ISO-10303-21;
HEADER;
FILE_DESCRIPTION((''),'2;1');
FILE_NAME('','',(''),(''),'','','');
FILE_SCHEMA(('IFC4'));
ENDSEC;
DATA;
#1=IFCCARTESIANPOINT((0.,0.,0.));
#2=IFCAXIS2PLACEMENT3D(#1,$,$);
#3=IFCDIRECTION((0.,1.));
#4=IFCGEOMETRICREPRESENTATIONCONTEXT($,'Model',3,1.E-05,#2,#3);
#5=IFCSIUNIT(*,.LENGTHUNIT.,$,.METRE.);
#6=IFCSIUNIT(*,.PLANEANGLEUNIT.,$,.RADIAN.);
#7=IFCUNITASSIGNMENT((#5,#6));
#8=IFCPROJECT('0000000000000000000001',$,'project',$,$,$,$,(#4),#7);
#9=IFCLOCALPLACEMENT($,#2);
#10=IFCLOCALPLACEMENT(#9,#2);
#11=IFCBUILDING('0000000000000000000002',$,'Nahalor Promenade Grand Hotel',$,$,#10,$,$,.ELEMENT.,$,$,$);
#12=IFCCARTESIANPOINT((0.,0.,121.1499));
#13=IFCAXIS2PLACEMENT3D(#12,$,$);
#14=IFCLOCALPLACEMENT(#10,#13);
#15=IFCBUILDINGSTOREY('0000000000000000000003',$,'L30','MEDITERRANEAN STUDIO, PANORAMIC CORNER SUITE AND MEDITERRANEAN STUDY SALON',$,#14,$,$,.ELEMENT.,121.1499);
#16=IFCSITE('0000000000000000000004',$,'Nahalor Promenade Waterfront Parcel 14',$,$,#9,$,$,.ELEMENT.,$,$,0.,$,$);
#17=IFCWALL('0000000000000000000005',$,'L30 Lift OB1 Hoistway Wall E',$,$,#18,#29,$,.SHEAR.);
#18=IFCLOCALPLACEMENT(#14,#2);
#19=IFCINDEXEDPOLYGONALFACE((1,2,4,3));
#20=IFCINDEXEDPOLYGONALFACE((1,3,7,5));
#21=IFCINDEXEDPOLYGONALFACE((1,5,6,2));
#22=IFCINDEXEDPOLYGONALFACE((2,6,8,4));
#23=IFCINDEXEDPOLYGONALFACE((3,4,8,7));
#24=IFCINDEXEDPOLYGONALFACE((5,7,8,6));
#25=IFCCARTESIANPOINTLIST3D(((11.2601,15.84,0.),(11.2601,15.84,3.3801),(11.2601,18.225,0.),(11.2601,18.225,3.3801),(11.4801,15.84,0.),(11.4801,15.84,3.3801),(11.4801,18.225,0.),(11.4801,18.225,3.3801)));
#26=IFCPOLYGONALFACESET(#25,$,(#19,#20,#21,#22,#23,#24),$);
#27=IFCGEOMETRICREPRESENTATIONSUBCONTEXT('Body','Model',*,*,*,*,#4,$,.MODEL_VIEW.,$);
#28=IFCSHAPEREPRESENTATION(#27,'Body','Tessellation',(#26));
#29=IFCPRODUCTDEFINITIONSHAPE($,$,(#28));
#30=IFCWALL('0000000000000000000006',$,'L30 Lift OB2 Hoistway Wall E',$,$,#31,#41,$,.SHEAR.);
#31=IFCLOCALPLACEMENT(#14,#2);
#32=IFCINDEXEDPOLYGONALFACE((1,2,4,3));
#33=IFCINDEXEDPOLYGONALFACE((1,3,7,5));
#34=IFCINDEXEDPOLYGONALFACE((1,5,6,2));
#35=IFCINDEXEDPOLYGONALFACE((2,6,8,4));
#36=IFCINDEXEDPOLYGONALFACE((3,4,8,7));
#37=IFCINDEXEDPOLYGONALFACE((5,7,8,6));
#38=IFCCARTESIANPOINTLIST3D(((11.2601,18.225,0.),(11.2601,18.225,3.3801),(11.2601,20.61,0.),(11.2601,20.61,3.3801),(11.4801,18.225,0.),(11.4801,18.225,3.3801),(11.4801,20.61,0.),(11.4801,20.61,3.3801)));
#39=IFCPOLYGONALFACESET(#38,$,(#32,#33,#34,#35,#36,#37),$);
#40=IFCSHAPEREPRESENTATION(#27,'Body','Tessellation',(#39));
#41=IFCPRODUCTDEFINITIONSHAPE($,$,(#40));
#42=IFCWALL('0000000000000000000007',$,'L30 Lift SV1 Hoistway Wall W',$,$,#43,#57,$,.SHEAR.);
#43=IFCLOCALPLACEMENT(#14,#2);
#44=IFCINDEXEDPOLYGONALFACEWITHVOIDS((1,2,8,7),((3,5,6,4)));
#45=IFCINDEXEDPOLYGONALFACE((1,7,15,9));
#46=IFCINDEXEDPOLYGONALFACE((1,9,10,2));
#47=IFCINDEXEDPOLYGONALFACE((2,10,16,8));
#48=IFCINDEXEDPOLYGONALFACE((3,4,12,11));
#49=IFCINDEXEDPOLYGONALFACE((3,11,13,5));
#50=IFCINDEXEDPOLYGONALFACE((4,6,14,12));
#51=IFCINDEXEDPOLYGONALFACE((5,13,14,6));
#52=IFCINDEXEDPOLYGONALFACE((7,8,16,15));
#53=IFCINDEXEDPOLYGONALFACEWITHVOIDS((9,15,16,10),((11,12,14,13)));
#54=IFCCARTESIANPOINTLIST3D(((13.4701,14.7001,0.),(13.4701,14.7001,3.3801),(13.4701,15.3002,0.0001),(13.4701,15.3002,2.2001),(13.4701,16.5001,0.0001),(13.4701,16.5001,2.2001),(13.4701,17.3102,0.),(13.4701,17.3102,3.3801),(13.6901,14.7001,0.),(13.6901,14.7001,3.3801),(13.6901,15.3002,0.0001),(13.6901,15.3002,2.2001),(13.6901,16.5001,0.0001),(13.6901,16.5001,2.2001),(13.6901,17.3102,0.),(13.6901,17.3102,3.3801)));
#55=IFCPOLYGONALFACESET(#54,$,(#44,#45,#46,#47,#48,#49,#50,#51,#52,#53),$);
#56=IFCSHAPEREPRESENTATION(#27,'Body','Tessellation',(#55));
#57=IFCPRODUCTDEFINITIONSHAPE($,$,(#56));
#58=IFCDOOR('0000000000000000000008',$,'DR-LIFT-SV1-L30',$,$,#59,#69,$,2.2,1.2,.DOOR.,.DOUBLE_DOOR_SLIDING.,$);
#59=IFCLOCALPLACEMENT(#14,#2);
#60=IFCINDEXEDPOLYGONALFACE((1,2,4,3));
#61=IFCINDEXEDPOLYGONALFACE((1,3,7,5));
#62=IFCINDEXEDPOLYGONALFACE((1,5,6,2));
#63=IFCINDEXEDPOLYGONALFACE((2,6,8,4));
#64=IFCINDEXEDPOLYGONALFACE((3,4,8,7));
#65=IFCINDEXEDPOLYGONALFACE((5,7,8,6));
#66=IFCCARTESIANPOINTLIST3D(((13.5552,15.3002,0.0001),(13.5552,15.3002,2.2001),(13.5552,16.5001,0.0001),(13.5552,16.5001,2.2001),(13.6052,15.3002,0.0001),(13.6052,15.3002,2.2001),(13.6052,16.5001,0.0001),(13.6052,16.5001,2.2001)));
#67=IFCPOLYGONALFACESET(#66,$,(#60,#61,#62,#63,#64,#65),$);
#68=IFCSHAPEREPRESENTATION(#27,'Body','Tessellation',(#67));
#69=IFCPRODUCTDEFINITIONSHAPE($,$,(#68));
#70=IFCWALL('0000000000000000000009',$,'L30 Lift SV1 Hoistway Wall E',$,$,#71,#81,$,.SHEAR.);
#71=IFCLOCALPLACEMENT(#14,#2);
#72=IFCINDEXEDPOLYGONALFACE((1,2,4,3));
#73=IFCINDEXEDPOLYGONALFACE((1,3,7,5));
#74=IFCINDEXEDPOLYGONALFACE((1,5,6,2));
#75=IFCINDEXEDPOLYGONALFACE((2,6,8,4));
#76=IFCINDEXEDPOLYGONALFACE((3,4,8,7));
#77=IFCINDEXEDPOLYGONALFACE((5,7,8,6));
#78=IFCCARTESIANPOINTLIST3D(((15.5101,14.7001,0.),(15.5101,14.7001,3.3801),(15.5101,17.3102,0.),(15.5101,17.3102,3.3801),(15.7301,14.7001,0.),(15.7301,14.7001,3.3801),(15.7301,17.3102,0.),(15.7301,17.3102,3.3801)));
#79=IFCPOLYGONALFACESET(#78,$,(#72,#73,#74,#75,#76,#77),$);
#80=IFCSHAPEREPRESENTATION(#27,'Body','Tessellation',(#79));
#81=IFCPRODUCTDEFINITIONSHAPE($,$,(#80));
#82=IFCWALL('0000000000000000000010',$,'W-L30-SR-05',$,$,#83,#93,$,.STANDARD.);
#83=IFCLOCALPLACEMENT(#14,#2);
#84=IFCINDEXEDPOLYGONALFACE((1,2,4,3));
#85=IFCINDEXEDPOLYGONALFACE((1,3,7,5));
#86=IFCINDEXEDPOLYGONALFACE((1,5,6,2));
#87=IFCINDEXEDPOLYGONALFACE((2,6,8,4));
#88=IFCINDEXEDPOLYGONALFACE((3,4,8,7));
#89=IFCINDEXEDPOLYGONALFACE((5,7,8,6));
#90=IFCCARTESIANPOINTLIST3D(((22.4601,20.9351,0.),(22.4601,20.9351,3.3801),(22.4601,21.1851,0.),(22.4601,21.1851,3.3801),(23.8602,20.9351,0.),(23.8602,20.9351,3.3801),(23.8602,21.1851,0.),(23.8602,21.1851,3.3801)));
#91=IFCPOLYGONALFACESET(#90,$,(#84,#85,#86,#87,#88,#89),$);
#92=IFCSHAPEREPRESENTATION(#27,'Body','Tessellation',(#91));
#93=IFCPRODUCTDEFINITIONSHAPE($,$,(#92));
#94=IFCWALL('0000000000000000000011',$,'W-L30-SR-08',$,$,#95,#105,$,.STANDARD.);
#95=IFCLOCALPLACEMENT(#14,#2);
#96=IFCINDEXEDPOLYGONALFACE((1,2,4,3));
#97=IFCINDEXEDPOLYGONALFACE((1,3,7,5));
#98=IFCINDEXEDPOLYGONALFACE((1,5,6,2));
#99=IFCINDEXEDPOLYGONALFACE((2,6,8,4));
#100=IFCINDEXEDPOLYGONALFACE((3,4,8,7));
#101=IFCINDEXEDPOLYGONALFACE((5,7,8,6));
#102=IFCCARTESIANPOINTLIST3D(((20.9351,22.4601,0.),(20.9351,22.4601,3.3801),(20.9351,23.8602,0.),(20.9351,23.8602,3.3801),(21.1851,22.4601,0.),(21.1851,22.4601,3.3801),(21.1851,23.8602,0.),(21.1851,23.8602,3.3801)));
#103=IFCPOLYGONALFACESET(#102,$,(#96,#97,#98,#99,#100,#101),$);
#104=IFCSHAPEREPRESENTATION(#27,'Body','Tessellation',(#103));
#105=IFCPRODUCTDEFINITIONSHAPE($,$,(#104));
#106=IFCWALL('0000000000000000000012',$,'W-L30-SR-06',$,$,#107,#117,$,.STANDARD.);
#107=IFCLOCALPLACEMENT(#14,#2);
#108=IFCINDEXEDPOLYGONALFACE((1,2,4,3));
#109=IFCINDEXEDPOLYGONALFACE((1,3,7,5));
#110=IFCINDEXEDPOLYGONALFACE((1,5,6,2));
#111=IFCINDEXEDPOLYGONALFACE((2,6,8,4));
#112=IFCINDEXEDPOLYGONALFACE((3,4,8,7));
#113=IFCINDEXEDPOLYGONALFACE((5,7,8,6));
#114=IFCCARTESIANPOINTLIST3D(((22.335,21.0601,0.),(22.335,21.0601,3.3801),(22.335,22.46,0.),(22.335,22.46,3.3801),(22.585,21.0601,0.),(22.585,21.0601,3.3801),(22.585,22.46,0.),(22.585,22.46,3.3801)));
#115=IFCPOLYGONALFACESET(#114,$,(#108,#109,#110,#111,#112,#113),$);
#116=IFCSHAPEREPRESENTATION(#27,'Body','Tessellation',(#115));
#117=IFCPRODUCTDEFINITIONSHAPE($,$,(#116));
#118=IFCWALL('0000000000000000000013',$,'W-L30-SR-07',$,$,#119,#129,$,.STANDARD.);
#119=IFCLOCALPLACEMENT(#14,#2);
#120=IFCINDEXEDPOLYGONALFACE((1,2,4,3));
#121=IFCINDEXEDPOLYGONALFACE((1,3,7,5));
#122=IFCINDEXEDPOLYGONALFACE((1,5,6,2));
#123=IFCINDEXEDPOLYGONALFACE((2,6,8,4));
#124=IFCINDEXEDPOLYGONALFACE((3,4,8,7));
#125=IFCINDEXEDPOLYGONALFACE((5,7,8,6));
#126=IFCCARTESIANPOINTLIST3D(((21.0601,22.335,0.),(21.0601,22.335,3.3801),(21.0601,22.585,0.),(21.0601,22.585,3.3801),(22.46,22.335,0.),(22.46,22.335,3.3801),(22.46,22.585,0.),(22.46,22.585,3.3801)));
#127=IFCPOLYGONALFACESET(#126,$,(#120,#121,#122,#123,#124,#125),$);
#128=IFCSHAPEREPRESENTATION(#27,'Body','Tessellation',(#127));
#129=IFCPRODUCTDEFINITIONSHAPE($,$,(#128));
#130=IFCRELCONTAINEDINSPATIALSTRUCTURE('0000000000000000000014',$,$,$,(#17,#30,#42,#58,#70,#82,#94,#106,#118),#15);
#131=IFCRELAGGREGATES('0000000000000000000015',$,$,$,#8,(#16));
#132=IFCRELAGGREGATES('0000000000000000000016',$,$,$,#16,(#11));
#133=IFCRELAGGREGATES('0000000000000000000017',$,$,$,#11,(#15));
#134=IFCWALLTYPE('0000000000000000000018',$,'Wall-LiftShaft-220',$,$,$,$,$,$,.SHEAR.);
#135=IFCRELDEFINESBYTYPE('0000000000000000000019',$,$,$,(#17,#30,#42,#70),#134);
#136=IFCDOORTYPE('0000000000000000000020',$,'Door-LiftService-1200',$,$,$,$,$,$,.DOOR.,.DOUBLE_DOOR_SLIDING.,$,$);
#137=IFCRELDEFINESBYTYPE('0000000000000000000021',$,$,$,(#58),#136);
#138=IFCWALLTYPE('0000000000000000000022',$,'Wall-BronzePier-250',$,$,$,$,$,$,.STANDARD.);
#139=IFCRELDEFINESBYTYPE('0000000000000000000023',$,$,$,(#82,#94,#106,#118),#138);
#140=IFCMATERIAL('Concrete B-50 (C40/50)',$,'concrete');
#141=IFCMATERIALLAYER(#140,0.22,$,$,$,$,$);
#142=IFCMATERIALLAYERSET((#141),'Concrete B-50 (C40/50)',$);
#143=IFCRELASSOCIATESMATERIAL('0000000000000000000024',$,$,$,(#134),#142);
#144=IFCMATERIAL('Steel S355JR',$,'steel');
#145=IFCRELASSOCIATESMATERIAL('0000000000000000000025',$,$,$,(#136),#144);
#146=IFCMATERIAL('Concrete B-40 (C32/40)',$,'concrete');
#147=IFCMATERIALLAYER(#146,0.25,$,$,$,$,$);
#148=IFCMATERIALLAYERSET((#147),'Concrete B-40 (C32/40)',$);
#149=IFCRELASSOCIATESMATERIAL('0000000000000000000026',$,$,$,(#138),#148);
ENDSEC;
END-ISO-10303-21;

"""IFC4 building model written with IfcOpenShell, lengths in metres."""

from ifc_helpers import new_model, si_unit, direction, frame, frame_2d, origin, place, context, subcontext, project, spatial, rectangle, extrude, source, transform, mapped, material, layer, layer_set, type_object, element, fill, save


model = new_model("IFC4")

# Units and contexts
model_context = context("Model", 3, precision=1e-05, world=origin(), true_north=direction((0.0, 1.0)))
body_context = subcontext(model_context, "Body", "Model", "MODEL_VIEW")
ifc_project = project(units=[si_unit("LENGTHUNIT", "METRE"), si_unit("PLANEANGLEUNIT", "RADIAN")], contexts=[model_context])

# Site, building, storey
site_placement = place(None, origin())
site = spatial("IfcSite", under=ifc_project, at=site_placement, Name="Nahalor Promenade Waterfront Parcel 14", CompositionType="ELEMENT", RefElevation=0.0)
building_placement = place(site_placement, origin())
building = spatial("IfcBuilding", under=site, at=building_placement, Name="Nahalor Promenade Grand Hotel", CompositionType="ELEMENT")
storey_placement = place(building_placement, frame((0.0, 0.0, 121.1499)))
storey = spatial("IfcBuildingStorey", under=building, at=storey_placement, Name="L30", Description="MEDITERRANEAN STUDIO, PANORAMIC CORNER SUITE AND MEDITERRANEAN STUDY SALON", CompositionType="ELEMENT", Elevation=121.1499)

# Shared definitions
ifc_material_1 = material(Name="Steel S355JR", Category="steel")

# Shared definitions
ifc_material_2 = material(Name="Concrete B-50 (C40/50)", Category="concrete")
ifc_layer_1 = layer(ifc_material_2, 0.22)
ifc_layer_set_1 = layer_set([ifc_layer_1], Name="Concrete B-50 (C40/50)")
wall_type_1 = type_object("IfcWallType", Name="Wall-LiftShaft-220", PredefinedType="SHEAR", material=ifc_layer_set_1)

# Walls
shared_shape_1 = source(origin(), body_context, "Body", "SweptSolid", [
    extrude(rectangle(XDim=2.385, YDim=0.22, at=frame_2d((1.1924, 0.0))), origin(), (0.0, 0.0, 1.0), 3.3801),
])
for number, where, z_axis, x_axis, name in (
    (1, (11.3701, 15.8401, 0.0), (0.0, 0.0, 1.0), (0.0, 1.0, 0.0), "L30 Lift OB1 Hoistway Wall E"),
    (2, (11.3701, 18.2251, 0.0), (0.0, 0.0, 1.0), (0.0, 1.0, 0.0), "L30 Lift OB2 Hoistway Wall E"),
):
    element("IfcWall", number, at=place(storey_placement, frame(where, z_axis=z_axis, x_axis=x_axis)), inside=storey, type_object=wall_type_1, Name=name, PredefinedType="SHEAR", context=body_context, shape_type="MappedRepresentation", body=[
        mapped(shared_shape_1, transform((0.0, 0.0, 0.0), scale=1.0)),
    ])

# Wall, opening, door
shared_shape_2 = source(origin(), body_context, "Body", "SweptSolid", [
    extrude(rectangle(XDim=2.6101, YDim=0.22, at=frame_2d((1.3052, 0.0))), origin(), (0.0, 0.0, 1.0), 3.3801),
])
wall_1_placement = place(storey_placement, frame((13.5801, 14.7, 0.0), z_axis=(0.0, 0.0, 1.0), x_axis=(0.0, 1.0, 0.0)))
wall_1 = element("IfcWall", 3, at=wall_1_placement, inside=storey, type_object=wall_type_1, Name="L30 Lift SV1 Hoistway Wall W", PredefinedType="SHEAR", context=body_context, shape_type="MappedRepresentation", body=[
    mapped(shared_shape_2, transform((0.0, 0.0, 0.0), scale=1.0)),
])
opening_1_placement = place(wall_1_placement, frame((0.6001, 0.0, 0.0)))
opening_1 = element("IfcOpeningElement", 4, at=opening_1_placement, cuts=wall_1, PredefinedType="OPENING", context=body_context, shape_type="SweptSolid", body=[
    extrude(rectangle(XDim=1.2, YDim=2.2, at=frame_2d((0.6001, 1.1001))), frame((0.0, 0.1199, 0.0), z_axis=(0.0, -1.0, 0.0), x_axis=(1.0, 0.0, 0.0)), (0.0, 0.0, 1.0), 0.24),
])
door_type_1 = type_object("IfcDoorType", Name="Door-LiftService-1200", OperationType="DOUBLE_DOOR_SLIDING", PredefinedType="DOOR", material=ifc_material_1)
shared_shape_3 = source(origin(), body_context, "Body", "SweptSolid", [
    extrude(rectangle(XDim=1.2, YDim=2.2, at=frame_2d((0.6001, 1.1001))), frame((0.0, 0.0249, 0.0), z_axis=(0.0, -1.0, 0.0), x_axis=(1.0, 0.0, 0.0)), (0.0, 0.0, 1.0), 0.05),
])
door_1_placement = place(opening_1_placement, origin())
door_1 = element("IfcDoor", 5, at=door_1_placement, inside=storey, type_object=door_type_1, Name="DR-LIFT-SV1-L30", OperationType="DOUBLE_DOOR_SLIDING", OverallHeight=2.2, OverallWidth=1.2, PredefinedType="DOOR", context=body_context, shape_type="MappedRepresentation", body=[
    mapped(shared_shape_3, transform((0.0, 0.0, 0.0), scale=1.0)),
])
fill(opening_1, door_1)

# Walls
wall_2_placement = place(storey_placement, frame((15.6201, 14.7, 0.0), z_axis=(0.0, 0.0, 1.0), x_axis=(0.0, 1.0, 0.0)))
element("IfcWall", 6, at=wall_2_placement, inside=storey, type_object=wall_type_1, Name="L30 Lift SV1 Hoistway Wall E", PredefinedType="SHEAR", context=body_context, shape_type="MappedRepresentation", body=[
    mapped(shared_shape_2, transform((0.0, 0.0, 0.0), scale=1.0)),
])
ifc_material_3 = material(Name="Concrete B-40 (C32/40)", Category="concrete")
ifc_layer_2 = layer(ifc_material_3, 0.25)
ifc_layer_set_2 = layer_set([ifc_layer_2], Name="Concrete B-40 (C32/40)")
wall_type_2 = type_object("IfcWallType", Name="Wall-BronzePier-250", PredefinedType="STANDARD", material=ifc_layer_set_2)
shared_shape_4 = source(origin(), body_context, "Body", "SweptSolid", [
    extrude(rectangle(XDim=1.4001, YDim=0.25, at=frame_2d((0.7002, 0.0))), origin(), (0.0, 0.0, 1.0), 3.3801),
])
for number, where, z_axis, x_axis, name in (
    (7, (22.46, 21.0601, 0.0), (0.0, 0.0, 1.0), (1.0, 0.0, 0.0), "W-L30-SR-05"),
    (8, (21.0601, 22.46, 0.0), (0.0, 0.0, 1.0), (0.0, 1.0, 0.0), "W-L30-SR-08"),
):
    element("IfcWall", number, at=place(storey_placement, frame(where, z_axis=z_axis, x_axis=x_axis)), inside=storey, type_object=wall_type_2, Name=name, PredefinedType="STANDARD", context=body_context, shape_type="MappedRepresentation", body=[
        mapped(shared_shape_4, transform((0.0, 0.0, 0.0), scale=1.0)),
    ])
shared_shape_5 = source(origin(), body_context, "Body", "SweptSolid", [
    extrude(rectangle(XDim=1.3999, YDim=0.25, at=frame_2d((0.7, 0.0))), origin(), (0.0, 0.0, 1.0), 3.3801),
])
for number, where, z_axis, x_axis, name in (
    (9, (22.46, 21.0601, 0.0), (0.0, 0.0, 1.0), (0.0, 1.0, 0.0), "W-L30-SR-06"),
    (10, (21.0601, 22.46, 0.0), (0.0, 0.0, 1.0), (1.0, 0.0, 0.0), "W-L30-SR-07"),
):
    element("IfcWall", number, at=place(storey_placement, frame(where, z_axis=z_axis, x_axis=x_axis)), inside=storey, type_object=wall_type_2, Name=name, PredefinedType="STANDARD", context=body_context, shape_type="MappedRepresentation", body=[
        mapped(shared_shape_5, transform((0.0, 0.0, 0.0), scale=1.0)),
    ])

save(model, "model.ifc")
